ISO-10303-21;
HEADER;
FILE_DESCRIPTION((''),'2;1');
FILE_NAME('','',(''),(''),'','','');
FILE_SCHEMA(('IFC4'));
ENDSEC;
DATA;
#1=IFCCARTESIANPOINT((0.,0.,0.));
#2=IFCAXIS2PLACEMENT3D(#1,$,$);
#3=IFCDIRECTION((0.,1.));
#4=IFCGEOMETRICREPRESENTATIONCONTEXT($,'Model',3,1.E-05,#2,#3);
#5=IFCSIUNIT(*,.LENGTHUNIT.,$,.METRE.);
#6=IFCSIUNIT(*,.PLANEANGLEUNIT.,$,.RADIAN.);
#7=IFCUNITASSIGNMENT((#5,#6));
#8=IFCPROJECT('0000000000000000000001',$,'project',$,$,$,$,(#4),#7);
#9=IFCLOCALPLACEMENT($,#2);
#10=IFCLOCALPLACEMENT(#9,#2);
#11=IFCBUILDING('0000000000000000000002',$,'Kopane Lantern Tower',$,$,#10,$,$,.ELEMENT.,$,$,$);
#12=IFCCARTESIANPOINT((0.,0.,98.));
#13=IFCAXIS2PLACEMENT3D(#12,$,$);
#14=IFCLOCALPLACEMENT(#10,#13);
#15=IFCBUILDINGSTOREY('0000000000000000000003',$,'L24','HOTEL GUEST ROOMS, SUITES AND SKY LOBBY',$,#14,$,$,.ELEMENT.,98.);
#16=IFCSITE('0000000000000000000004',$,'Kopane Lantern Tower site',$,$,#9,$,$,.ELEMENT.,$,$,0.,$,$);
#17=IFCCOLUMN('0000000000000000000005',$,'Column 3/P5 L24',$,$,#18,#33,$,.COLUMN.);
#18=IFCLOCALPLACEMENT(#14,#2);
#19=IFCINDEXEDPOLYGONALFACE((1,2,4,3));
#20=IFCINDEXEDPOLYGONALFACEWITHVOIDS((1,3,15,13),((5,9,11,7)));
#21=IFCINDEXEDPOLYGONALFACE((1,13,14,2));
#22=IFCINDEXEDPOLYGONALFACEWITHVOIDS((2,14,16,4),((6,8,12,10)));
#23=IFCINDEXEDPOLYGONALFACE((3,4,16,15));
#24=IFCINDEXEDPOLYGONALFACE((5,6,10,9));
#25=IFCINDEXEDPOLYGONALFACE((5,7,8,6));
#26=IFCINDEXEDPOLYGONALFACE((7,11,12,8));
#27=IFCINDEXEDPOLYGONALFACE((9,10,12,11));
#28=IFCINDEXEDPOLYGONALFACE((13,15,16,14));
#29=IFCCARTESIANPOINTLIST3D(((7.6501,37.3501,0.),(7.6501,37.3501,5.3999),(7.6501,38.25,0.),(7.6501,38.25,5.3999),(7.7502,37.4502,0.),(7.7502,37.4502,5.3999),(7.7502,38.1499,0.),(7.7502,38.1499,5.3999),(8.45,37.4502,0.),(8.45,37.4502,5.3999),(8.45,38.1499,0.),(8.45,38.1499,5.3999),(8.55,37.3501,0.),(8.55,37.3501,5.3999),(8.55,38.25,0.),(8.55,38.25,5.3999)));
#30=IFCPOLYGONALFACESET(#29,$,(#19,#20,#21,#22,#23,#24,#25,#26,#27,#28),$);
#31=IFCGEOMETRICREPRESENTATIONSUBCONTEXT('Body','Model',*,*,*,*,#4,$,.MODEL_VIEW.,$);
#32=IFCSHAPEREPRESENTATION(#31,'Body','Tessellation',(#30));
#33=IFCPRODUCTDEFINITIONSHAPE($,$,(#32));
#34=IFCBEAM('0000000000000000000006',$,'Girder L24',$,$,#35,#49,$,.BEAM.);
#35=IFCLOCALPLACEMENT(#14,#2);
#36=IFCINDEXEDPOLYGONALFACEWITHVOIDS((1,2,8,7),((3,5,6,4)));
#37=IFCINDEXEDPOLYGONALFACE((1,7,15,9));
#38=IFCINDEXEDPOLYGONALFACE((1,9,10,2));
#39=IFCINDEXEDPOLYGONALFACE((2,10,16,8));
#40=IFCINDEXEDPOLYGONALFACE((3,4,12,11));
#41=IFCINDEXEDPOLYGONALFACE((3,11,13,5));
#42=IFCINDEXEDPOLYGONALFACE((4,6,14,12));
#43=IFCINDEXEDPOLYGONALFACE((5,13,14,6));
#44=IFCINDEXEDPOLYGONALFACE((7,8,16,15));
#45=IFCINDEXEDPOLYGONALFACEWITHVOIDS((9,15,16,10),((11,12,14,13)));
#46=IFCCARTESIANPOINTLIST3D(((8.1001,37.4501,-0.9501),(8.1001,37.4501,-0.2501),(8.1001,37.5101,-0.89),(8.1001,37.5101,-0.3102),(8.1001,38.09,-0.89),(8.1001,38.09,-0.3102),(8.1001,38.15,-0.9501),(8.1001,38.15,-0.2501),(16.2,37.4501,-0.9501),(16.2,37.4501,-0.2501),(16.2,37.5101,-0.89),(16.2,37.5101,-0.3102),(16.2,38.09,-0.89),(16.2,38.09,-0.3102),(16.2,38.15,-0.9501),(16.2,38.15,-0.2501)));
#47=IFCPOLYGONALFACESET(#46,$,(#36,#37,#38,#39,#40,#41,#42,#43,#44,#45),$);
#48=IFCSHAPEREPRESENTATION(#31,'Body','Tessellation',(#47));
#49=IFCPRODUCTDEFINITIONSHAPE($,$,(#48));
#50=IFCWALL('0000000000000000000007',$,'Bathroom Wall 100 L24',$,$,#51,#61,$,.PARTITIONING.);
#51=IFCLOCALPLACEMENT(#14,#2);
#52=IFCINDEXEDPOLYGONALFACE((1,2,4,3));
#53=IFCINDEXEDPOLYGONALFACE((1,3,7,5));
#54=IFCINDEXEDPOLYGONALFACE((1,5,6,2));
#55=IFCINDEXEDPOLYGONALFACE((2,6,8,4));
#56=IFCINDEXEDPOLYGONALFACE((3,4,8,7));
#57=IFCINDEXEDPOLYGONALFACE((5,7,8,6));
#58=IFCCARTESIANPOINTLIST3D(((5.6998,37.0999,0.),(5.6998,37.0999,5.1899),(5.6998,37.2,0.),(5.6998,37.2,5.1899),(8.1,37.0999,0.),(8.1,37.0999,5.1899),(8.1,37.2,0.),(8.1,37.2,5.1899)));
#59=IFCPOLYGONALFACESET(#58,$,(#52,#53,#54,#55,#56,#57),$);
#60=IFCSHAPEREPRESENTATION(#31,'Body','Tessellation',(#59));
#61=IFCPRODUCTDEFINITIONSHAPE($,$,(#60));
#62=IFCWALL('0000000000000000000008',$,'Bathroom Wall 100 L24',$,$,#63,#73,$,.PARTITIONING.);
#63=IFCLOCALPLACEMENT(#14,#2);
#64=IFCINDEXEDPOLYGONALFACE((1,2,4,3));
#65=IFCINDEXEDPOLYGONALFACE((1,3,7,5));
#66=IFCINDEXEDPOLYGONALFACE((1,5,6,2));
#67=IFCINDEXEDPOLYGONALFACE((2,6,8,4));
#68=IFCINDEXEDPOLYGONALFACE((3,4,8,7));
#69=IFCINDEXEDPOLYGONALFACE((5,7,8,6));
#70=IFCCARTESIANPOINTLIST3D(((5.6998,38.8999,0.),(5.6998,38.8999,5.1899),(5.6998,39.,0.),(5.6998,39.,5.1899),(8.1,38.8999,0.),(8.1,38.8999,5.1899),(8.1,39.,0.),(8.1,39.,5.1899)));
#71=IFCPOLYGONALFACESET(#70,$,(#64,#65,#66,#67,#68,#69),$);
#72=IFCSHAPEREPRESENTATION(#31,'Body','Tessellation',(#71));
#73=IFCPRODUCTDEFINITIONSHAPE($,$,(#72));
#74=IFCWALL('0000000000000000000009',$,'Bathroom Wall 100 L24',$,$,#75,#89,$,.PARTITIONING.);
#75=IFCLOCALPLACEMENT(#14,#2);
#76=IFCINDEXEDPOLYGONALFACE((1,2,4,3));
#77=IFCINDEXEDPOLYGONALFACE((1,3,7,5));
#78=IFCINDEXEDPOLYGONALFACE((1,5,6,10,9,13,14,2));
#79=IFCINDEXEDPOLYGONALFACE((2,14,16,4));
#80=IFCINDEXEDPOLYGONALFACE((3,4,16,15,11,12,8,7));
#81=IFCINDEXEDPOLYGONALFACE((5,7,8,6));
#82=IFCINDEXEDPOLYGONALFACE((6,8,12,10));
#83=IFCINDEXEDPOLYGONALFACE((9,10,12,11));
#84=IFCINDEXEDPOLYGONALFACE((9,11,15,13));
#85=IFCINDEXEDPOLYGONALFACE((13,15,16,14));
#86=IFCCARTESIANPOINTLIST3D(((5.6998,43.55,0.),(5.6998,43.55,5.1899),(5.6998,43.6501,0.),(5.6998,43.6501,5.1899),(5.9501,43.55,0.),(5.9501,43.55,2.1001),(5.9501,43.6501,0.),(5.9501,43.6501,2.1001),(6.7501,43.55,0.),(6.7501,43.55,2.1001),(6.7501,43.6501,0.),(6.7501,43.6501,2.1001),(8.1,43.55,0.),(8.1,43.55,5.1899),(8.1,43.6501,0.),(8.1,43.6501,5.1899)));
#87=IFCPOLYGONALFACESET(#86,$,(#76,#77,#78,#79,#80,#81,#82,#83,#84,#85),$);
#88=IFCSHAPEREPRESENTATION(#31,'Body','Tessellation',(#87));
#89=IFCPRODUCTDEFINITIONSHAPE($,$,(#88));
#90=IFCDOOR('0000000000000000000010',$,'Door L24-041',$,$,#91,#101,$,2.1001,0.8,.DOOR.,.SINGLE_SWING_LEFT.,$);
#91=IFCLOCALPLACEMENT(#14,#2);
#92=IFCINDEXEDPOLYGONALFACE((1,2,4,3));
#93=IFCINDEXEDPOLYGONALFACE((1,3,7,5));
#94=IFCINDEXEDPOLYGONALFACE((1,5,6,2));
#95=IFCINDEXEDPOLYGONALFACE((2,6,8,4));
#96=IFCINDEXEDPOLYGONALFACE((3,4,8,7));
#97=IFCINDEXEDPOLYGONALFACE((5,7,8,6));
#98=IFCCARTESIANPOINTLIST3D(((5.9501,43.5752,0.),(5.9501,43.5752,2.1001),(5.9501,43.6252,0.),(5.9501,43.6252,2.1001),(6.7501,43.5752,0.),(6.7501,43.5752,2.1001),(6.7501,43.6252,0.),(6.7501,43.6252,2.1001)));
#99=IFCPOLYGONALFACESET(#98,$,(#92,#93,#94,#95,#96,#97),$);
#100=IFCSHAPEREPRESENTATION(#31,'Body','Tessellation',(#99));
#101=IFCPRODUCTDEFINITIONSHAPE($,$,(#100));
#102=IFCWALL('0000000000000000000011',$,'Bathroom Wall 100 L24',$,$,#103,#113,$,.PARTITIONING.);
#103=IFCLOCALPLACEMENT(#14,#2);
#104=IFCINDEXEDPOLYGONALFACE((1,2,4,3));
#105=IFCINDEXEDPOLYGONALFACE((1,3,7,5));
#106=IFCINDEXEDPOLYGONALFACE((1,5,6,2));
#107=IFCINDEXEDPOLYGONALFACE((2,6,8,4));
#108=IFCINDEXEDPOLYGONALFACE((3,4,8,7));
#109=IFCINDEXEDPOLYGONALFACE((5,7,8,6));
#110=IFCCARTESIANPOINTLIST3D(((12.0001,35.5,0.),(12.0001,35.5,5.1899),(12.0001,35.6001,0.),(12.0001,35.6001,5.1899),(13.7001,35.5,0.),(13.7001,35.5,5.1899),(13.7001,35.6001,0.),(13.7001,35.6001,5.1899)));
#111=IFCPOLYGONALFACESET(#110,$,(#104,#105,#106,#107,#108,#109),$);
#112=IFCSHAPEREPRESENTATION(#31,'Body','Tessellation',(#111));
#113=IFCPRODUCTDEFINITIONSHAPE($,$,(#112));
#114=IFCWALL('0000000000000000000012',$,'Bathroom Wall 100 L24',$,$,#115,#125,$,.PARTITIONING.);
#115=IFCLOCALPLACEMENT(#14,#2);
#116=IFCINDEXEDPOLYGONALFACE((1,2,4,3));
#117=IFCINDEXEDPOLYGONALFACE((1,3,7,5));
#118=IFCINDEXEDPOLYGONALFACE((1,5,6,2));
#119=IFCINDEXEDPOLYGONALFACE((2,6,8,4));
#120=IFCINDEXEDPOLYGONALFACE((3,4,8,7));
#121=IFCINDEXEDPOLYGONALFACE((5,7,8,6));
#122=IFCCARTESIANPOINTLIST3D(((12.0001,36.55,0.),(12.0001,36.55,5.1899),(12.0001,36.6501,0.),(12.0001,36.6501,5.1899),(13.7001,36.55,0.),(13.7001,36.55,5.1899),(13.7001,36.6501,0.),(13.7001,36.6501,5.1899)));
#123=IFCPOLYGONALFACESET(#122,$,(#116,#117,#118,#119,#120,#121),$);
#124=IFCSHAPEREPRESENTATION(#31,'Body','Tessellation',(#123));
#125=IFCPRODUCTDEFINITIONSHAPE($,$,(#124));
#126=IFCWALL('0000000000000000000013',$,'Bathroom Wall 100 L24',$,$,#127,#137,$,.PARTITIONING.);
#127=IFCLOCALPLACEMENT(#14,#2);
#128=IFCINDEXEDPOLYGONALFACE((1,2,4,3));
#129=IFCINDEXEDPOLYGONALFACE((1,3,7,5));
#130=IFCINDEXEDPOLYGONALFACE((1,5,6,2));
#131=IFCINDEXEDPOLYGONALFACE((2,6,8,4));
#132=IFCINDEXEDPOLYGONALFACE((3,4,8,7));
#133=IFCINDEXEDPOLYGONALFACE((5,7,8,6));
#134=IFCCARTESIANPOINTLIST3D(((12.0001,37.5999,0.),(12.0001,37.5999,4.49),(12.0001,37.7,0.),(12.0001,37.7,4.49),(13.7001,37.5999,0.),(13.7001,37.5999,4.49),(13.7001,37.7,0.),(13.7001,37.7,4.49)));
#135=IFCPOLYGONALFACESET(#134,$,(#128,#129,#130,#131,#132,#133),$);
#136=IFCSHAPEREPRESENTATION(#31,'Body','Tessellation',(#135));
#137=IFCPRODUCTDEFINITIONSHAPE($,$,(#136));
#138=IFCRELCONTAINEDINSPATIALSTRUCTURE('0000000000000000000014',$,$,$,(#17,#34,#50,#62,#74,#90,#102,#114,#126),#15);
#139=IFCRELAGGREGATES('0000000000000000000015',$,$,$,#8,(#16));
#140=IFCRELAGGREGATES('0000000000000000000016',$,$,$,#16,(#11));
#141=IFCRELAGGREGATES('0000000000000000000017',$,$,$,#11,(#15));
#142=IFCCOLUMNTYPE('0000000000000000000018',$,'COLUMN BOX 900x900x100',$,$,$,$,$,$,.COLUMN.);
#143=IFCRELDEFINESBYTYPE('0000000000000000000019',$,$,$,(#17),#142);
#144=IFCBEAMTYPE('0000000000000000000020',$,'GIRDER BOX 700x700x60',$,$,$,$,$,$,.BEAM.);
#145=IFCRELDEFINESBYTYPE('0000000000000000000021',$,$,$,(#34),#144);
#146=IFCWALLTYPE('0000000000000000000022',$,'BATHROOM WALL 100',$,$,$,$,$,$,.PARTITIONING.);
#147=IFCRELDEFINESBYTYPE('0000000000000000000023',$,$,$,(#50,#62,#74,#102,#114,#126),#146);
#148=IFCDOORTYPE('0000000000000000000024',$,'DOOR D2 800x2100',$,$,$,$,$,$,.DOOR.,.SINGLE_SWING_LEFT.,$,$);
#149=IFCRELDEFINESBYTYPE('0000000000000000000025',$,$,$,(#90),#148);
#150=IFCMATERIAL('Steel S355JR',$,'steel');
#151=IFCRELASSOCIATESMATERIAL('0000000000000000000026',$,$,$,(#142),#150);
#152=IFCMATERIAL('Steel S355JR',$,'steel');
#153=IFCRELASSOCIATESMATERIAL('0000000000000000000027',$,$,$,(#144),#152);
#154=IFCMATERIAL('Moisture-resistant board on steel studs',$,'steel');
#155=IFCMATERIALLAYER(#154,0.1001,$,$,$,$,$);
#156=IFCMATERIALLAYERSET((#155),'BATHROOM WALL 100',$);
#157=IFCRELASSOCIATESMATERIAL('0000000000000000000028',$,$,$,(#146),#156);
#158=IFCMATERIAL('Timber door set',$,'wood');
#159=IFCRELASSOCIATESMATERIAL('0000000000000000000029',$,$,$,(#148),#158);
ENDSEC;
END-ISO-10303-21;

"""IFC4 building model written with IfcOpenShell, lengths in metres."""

from ifc_helpers import new_model, si_unit, direction, frame, frame_2d, origin, origin_2d, place, context, subcontext, project, spatial, rectangle, hollow_rectangle, extrude, material, layer, layer_set, material_profile, profile_set, type_object, element, fill, save


model = new_model("IFC4")

# Units and contexts
model_context = context("Model", 3, precision=1e-05, world=origin(), true_north=direction((0.0, 1.0)))
body_context = subcontext(model_context, "Body", "Model", "MODEL_VIEW")
ifc_project = project(units=[si_unit("LENGTHUNIT", "METRE"), si_unit("PLANEANGLEUNIT", "RADIAN")], contexts=[model_context])

# Site, building, storey
site_placement = place(None, origin())
site = spatial("IfcSite", under=ifc_project, at=site_placement, Name="Kopane Lantern Tower site", CompositionType="ELEMENT", RefElevation=0.0)
building_placement = place(site_placement, origin())
building = spatial("IfcBuilding", under=site, at=building_placement, Name="Kopane Lantern Tower", CompositionType="ELEMENT")
storey_placement = place(building_placement, frame((0.0, 0.0, 98.0)))
storey = spatial("IfcBuildingStorey", under=building, at=storey_placement, Name="L24", Description="HOTEL GUEST ROOMS, SUITES AND SKY LOBBY", CompositionType="ELEMENT", Elevation=98.0)

# Column
ifc_material_1 = material(Name="Steel S355JR", Category="steel")
ifc_material_profile_1 = material_profile(ifc_material_1, hollow_rectangle(XDim=0.8999, YDim=0.8999, WallThickness=0.1001, at=origin_2d()), Name="BOX 900x900x100")
ifc_profile_set_1 = profile_set([ifc_material_profile_1], Name="Steel S355JR")
column_type = type_object("IfcColumnType", Name="COLUMN BOX 900x900x100", PredefinedType="COLUMN", material=ifc_profile_set_1)
column_placement = place(storey_placement, frame((8.1001, 37.8, 0.0), z_axis=(0.0, 0.0, 1.0), x_axis=(1.0, 0.0, 0.0)))
element("IfcColumn", 1, at=column_placement, inside=storey, type_object=column_type, Name="Column 3/P5 L24", PredefinedType="COLUMN", context=body_context, shape_type="SweptSolid", body=[
    extrude(hollow_rectangle(XDim=0.8999, YDim=0.8999, WallThickness=0.1001, at=origin_2d()), origin(), (0.0, 0.0, 1.0), 5.3999),
])

# Beam
ifc_material_2 = material(Name="Steel S355JR", Category="steel")
ifc_material_profile_2 = material_profile(ifc_material_2, hollow_rectangle(XDim=0.7, YDim=0.7, WallThickness=0.0601, at=origin_2d()), Name="BOX 700x700x60")
ifc_profile_set_2 = profile_set([ifc_material_profile_2], Name="Steel S355JR")
beam_type = type_object("IfcBeamType", Name="GIRDER BOX 700x700x60", PredefinedType="BEAM", material=ifc_profile_set_2)
beam_placement = place(storey_placement, frame((8.1001, 37.8, -0.6001), z_axis=(1.0, 0.0, 0.0), x_axis=(0.0, 1.0, 0.0)))
element("IfcBeam", 2, at=beam_placement, inside=storey, type_object=beam_type, Name="Girder L24", PredefinedType="BEAM", context=body_context, shape_type="SweptSolid", body=[
    extrude(hollow_rectangle(XDim=0.7, YDim=0.7, WallThickness=0.0601, at=origin_2d()), origin(), (0.0, 0.0, 1.0), 8.0999),
])

# Walls
ifc_material_3 = material(Name="Moisture-resistant board on steel studs", Category="steel")
ifc_layer_1 = layer(ifc_material_3, 0.1001)
ifc_layer_set_1 = layer_set([ifc_layer_1], Name="BATHROOM WALL 100")
wall_type_1 = type_object("IfcWallType", Name="BATHROOM WALL 100", PredefinedType="PARTITIONING", material=ifc_layer_set_1)
for number, where, z_axis, x_axis, name in (
    (3, (8.1001, 37.1499, 0.0), (0.0, 0.0, 1.0), (-1.0, 0.0, 0.0), "Bathroom Wall 100 L24"),
    (4, (8.1001, 38.95, 0.0), (0.0, 0.0, 1.0), (-1.0, 0.0, 0.0), "Bathroom Wall 100 L24"),
):
    element("IfcWall", number, at=place(storey_placement, frame(where, z_axis=z_axis, x_axis=x_axis)), inside=storey, type_object=wall_type_1, Name=name, PredefinedType="PARTITIONING", context=body_context, shape_type="SweptSolid", body=[
        extrude(rectangle(XDim=2.4001, YDim=0.1001, at=frame_2d((1.2002, 0.0))), origin(), (0.0, 0.0, 1.0), 5.1899),
    ])

# Wall, opening, door
wall_1_placement = place(storey_placement, frame((8.1001, 43.6001, 0.0), z_axis=(0.0, 0.0, 1.0), x_axis=(-1.0, 0.0, 0.0)))
wall_1 = element("IfcWall", 5, at=wall_1_placement, inside=storey, type_object=wall_type_1, Name="Bathroom Wall 100 L24", PredefinedType="PARTITIONING", context=body_context, shape_type="SweptSolid", body=[
    extrude(rectangle(XDim=2.4001, YDim=0.1001, at=frame_2d((1.2002, 0.0))), origin(), (0.0, 0.0, 1.0), 5.1899),
])
opening_1_placement = place(wall_1_placement, frame((1.3501, 0.0, 0.0)))
opening_1 = element("IfcOpeningElement", 6, at=opening_1_placement, cuts=wall_1, PredefinedType="OPENING", context=body_context, shape_type="SweptSolid", body=[
    extrude(rectangle(XDim=0.8, YDim=2.1001, at=frame_2d((0.3999, 1.05))), frame((0.0, 0.0601, 0.0), z_axis=(0.0, -1.0, 0.0), x_axis=(1.0, 0.0, 0.0)), (0.0, 0.0, 1.0), 0.1201),
])
ifc_material_4 = material(Name="Timber door set", Category="wood")
door_type_1 = type_object("IfcDoorType", Name="DOOR D2 800x2100", OperationType="SINGLE_SWING_LEFT", PredefinedType="DOOR", material=ifc_material_4)
door_1_placement = place(opening_1_placement, origin())
door_1 = element("IfcDoor", 7, at=door_1_placement, inside=storey, type_object=door_type_1, Name="Door L24-041", OperationType="SINGLE_SWING_LEFT", OverallHeight=2.1001, OverallWidth=0.8, PredefinedType="DOOR", context=body_context, shape_type="SweptSolid", body=[
    extrude(rectangle(XDim=0.8, YDim=2.1001, at=frame_2d((0.3999, 1.05))), frame((0.0, 0.0249, 0.0), z_axis=(0.0, -1.0, 0.0), x_axis=(1.0, 0.0, 0.0)), (0.0, 0.0, 1.0), 0.05),
])
fill(opening_1, door_1)

# Walls
for number, where, z_axis, x_axis, name in (
    (8, (12.0, 35.55, 0.0), (0.0, 0.0, 1.0), (1.0, 0.0, 0.0), "Bathroom Wall 100 L24"),
    (9, (12.0, 36.6001, 0.0), (0.0, 0.0, 1.0), (1.0, 0.0, 0.0), "Bathroom Wall 100 L24"),
):
    element("IfcWall", number, at=place(storey_placement, frame(where, z_axis=z_axis, x_axis=x_axis)), inside=storey, type_object=wall_type_1, Name=name, PredefinedType="PARTITIONING", context=body_context, shape_type="SweptSolid", body=[
        extrude(rectangle(XDim=1.7, YDim=0.1001, at=frame_2d((0.8501, 0.0))), origin(), (0.0, 0.0, 1.0), 5.1899),
    ])
wall_2_placement = place(storey_placement, frame((12.0, 37.6499, 0.0), z_axis=(0.0, 0.0, 1.0), x_axis=(1.0, 0.0, 0.0)))
element("IfcWall", 10, at=wall_2_placement, inside=storey, type_object=wall_type_1, Name="Bathroom Wall 100 L24", PredefinedType="PARTITIONING", context=body_context, shape_type="SweptSolid", body=[
    extrude(rectangle(XDim=1.7, YDim=0.1001, at=frame_2d((0.8501, 0.0))), origin(), (0.0, 0.0, 1.0), 4.49),
])

save(model, "model.ifc")
